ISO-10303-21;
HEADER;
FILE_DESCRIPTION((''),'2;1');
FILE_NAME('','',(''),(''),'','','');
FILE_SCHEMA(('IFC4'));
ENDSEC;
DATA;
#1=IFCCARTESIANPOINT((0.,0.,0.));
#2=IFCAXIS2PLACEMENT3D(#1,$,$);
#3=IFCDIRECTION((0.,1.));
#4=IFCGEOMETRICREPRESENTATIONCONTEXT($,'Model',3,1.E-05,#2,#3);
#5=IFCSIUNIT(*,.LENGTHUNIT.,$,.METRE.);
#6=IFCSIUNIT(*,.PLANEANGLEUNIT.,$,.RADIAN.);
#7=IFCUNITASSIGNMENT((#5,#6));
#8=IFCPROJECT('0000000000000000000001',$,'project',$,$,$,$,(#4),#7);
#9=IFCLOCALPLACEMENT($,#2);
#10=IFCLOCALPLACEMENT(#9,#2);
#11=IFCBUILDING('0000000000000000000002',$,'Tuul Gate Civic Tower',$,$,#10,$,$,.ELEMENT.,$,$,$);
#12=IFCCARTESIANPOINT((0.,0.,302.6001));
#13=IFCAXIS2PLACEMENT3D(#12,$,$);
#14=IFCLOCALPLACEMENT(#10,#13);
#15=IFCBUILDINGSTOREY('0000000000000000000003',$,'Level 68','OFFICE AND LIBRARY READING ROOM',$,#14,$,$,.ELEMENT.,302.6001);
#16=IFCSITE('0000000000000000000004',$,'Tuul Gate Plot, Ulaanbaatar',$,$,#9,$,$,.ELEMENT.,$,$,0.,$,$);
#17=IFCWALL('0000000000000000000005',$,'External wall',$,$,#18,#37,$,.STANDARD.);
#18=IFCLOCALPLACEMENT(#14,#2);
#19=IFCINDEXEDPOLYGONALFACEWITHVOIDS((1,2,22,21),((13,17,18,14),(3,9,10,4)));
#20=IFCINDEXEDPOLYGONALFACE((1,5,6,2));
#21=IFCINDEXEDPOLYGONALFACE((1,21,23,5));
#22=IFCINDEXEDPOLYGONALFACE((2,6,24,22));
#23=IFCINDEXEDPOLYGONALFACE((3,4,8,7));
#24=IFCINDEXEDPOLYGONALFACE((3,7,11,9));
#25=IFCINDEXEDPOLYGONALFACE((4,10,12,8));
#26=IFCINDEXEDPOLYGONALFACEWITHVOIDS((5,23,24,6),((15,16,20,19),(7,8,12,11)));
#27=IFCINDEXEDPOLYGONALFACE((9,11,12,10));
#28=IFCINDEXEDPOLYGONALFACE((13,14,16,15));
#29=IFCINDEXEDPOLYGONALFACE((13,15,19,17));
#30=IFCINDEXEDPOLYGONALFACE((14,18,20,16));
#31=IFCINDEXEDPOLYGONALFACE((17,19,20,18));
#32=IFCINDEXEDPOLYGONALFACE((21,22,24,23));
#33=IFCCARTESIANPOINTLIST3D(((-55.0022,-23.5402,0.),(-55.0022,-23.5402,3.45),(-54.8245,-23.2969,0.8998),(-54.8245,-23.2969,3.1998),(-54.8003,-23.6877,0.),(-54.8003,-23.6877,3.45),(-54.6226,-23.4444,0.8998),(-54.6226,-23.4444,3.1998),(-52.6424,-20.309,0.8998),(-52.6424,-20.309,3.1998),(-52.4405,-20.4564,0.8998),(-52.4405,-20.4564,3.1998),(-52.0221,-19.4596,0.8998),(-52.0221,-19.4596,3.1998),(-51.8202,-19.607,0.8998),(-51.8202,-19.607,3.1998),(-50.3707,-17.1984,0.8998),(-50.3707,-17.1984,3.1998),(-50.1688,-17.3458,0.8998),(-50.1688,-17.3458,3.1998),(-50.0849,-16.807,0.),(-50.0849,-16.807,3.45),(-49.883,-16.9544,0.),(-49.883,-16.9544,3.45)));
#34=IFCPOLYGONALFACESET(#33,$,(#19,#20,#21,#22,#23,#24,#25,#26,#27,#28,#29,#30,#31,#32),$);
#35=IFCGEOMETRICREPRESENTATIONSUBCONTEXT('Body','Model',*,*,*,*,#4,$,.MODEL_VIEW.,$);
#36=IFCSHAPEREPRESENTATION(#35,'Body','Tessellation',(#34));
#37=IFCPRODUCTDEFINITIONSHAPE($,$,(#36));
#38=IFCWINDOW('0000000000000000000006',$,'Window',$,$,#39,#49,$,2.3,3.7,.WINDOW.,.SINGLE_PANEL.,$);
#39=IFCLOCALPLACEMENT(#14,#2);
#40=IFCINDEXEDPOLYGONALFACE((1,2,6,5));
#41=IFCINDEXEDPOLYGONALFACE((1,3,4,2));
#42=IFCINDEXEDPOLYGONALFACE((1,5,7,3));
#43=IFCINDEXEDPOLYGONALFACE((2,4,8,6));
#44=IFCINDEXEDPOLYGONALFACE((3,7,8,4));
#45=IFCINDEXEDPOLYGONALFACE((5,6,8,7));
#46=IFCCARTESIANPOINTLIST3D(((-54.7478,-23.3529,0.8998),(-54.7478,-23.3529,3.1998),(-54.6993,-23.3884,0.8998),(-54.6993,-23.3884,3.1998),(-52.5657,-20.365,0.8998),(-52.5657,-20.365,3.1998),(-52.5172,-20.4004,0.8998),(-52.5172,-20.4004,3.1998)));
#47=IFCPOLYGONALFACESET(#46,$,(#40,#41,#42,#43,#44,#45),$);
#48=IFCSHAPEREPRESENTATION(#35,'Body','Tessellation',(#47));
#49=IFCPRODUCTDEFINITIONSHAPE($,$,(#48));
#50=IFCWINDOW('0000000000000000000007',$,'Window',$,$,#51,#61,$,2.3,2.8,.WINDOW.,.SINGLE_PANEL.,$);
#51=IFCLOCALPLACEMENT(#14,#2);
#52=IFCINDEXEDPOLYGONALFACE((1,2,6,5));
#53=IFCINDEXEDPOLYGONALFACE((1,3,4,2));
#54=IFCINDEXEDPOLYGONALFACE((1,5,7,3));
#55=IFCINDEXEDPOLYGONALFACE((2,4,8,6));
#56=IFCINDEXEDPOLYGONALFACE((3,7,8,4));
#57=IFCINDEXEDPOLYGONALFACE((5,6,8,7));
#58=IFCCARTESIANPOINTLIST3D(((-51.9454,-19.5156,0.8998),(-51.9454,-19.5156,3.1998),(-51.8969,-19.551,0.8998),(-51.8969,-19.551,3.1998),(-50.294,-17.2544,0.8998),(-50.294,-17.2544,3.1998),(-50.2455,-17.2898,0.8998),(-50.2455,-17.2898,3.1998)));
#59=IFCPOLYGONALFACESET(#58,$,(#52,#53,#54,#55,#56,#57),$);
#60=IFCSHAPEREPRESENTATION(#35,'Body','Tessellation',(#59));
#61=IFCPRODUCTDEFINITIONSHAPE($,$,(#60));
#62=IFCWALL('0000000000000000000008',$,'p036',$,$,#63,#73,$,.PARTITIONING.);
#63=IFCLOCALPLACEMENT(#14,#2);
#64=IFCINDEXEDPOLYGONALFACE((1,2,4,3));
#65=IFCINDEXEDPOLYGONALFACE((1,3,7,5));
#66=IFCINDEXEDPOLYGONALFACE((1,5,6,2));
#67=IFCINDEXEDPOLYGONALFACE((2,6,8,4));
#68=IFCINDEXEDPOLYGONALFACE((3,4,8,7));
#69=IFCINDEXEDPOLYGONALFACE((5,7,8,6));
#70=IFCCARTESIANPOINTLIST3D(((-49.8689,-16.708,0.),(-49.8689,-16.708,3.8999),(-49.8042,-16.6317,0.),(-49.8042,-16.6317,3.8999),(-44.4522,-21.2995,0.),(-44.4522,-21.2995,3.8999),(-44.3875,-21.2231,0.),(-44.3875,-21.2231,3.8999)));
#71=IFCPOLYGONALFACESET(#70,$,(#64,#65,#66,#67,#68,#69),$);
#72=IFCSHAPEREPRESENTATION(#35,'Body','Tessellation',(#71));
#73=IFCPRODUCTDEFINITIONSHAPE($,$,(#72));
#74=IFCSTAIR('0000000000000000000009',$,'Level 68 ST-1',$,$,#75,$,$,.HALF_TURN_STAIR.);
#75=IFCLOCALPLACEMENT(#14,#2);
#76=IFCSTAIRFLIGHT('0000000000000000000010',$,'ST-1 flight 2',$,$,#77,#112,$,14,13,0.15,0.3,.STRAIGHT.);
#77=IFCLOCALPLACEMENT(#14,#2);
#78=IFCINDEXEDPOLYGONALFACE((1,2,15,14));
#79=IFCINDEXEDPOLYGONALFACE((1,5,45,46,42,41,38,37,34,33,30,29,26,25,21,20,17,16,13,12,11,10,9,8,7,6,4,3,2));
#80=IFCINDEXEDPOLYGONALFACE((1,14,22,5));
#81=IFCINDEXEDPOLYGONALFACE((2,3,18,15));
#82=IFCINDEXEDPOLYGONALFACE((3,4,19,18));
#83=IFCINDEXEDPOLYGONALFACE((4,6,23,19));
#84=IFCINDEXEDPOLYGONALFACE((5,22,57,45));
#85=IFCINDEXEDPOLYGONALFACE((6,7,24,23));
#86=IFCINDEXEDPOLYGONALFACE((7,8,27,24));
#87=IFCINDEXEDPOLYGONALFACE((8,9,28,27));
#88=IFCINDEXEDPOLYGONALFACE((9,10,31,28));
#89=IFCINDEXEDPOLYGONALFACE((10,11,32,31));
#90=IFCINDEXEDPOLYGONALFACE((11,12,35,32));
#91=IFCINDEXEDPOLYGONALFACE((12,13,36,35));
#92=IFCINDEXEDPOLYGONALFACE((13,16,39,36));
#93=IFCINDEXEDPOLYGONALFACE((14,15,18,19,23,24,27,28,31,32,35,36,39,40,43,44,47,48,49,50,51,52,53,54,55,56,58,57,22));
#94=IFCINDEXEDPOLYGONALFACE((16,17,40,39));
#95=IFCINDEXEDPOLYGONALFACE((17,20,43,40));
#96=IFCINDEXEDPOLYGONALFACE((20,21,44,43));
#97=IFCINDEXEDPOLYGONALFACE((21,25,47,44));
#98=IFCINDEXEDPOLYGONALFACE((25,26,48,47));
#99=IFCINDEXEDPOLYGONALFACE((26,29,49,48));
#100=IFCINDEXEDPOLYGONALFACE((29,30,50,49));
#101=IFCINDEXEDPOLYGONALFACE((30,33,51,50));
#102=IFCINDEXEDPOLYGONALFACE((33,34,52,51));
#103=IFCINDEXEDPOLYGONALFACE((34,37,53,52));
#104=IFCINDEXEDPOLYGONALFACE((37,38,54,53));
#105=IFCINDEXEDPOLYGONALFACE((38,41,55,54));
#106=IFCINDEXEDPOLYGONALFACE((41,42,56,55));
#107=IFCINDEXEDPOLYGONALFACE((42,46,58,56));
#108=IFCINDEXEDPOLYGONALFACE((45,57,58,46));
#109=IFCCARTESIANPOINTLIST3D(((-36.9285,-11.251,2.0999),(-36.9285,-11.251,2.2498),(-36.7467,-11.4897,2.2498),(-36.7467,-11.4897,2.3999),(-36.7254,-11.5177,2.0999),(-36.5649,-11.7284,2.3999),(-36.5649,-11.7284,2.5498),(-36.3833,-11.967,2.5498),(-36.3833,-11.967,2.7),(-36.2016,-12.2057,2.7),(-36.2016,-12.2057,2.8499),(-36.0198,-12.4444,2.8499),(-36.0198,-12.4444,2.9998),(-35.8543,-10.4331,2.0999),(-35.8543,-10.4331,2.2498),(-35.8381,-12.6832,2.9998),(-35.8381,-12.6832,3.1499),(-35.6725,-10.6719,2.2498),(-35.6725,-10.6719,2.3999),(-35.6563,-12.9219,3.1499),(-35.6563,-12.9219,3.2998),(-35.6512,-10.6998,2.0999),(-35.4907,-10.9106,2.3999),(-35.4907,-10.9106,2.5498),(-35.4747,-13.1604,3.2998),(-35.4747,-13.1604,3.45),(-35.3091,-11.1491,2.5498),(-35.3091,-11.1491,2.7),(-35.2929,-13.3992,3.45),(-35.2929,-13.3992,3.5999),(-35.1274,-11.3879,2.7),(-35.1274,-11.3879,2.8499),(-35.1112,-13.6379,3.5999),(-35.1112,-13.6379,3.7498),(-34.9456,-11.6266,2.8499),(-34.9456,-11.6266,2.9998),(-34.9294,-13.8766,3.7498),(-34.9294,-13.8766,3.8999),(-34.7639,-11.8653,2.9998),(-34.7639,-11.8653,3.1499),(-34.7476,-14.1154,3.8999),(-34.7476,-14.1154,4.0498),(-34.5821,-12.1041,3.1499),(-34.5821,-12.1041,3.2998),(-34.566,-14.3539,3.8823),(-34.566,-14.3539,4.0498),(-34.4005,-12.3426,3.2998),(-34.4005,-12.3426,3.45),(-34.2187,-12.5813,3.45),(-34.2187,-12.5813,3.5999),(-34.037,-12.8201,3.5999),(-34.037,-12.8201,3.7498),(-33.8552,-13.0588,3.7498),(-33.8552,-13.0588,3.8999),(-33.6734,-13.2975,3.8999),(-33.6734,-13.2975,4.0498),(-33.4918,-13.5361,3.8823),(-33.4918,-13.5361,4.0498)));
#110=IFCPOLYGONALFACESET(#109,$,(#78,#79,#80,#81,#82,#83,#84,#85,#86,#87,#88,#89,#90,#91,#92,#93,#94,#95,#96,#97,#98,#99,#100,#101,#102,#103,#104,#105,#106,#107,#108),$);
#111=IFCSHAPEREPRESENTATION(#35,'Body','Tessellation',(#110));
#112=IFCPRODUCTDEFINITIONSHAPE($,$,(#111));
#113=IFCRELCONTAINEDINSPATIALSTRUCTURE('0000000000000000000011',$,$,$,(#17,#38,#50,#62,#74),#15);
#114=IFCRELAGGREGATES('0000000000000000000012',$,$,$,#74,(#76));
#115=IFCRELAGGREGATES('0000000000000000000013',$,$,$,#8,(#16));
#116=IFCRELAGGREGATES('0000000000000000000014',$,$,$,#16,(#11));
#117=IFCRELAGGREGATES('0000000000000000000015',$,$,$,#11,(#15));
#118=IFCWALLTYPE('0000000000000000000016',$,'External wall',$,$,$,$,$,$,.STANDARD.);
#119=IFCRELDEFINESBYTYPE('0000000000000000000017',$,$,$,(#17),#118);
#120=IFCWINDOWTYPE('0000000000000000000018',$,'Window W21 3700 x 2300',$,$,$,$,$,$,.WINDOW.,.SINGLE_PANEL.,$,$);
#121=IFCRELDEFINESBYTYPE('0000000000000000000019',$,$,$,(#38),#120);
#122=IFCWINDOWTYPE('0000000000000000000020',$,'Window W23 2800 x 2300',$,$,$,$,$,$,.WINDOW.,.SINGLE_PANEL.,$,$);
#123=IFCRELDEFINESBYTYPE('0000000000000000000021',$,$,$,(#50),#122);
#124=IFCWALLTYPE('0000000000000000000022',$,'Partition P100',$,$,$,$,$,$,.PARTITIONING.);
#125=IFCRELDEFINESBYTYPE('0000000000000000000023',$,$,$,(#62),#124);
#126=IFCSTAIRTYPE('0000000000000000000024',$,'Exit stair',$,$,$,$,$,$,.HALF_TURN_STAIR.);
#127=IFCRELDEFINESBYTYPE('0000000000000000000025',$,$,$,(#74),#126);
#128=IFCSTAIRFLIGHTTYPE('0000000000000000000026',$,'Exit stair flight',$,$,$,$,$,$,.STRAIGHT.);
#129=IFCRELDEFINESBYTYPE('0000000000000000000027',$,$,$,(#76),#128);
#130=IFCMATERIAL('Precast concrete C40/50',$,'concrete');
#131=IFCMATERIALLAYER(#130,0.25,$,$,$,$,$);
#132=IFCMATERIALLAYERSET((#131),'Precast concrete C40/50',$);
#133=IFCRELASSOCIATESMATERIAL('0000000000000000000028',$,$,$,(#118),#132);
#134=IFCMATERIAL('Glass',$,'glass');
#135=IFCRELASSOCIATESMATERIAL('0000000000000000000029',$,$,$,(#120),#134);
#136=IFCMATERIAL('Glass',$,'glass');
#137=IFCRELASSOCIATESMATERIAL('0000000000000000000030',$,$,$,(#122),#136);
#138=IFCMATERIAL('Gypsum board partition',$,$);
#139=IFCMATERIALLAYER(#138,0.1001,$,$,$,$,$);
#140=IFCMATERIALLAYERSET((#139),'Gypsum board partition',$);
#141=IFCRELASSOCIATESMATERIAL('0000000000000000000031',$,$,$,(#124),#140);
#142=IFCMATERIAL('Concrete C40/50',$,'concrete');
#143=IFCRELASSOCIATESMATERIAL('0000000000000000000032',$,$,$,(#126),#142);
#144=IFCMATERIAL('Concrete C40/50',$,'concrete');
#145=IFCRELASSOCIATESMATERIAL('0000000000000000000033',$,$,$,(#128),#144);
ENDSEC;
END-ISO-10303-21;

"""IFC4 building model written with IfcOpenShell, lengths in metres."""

from ifc_helpers import new_model, si_unit, direction, frame, frame_2d, origin, place, context, subcontext, project, spatial, polyline, rectangle, outline, extrude, material, layer, layer_set, type_object, element, fill, aggregate, save


model = new_model("IFC4")

# Units and contexts
model_context = context("Model", 3, precision=1e-05, world=origin(), true_north=direction((0.0, 1.0)))
body_context = subcontext(model_context, "Body", "Model", "MODEL_VIEW")
ifc_project = project(units=[si_unit("LENGTHUNIT", "METRE"), si_unit("PLANEANGLEUNIT", "RADIAN")], contexts=[model_context])

# Site, building, storey
site_placement = place(None, origin())
site = spatial("IfcSite", under=ifc_project, at=site_placement, Name="Tuul Gate Plot, Ulaanbaatar", CompositionType="ELEMENT", RefElevation=0.0)
building_placement = place(site_placement, origin())
building = spatial("IfcBuilding", under=site, at=building_placement, Name="Tuul Gate Civic Tower", CompositionType="ELEMENT")
storey_placement = place(building_placement, frame((0.0, 0.0, 302.6001)))
storey = spatial("IfcBuildingStorey", under=building, at=storey_placement, Name="Level 68", Description="OFFICE AND LIBRARY READING ROOM", CompositionType="ELEMENT", Elevation=302.6001)

# Wall, openings, windows
ifc_material_1 = material(Name="Precast concrete C40/50", Category="concrete")
ifc_layer_1 = layer(ifc_material_1, 0.25)
ifc_layer_set_1 = layer_set([ifc_layer_1], Name="Precast concrete C40/50")
wall_type_1 = type_object("IfcWallType", Name="External wall", PredefinedType="STANDARD", material=ifc_layer_set_1)
wall_1_placement = place(storey_placement, frame((-49.9839, -16.8806, 0.0), z_axis=(0.0, 0.0, 1.0), x_axis=(-0.589771, -0.807571, 0.0)))
wall_1 = element("IfcWall", 1, at=wall_1_placement, inside=storey, type_object=wall_type_1, Name="External wall", PredefinedType="STANDARD", context=body_context, shape_type="SweptSolid", body=[
    extrude(rectangle(XDim=8.3376, YDim=0.25, at=frame_2d((4.1689, 0.0))), origin(), (0.0, 0.0, 1.0), 3.45),
])
opening_1_placement = place(wall_1_placement, frame((0.4849, 0.0, 0.8999)))
opening_1 = element("IfcOpeningElement", 2, at=opening_1_placement, cuts=wall_1, PredefinedType="OPENING", context=body_context, shape_type="SweptSolid", body=[
    extrude(rectangle(XDim=2.8, YDim=2.3, at=frame_2d((1.3999, 1.1499))), frame((0.0, 0.135, 0.0), z_axis=(0.0, -1.0, 0.0), x_axis=(1.0, 0.0, 0.0)), (0.0, 0.0, 1.0), 0.27),
])
opening_2_placement = place(wall_1_placement, frame((4.3364, 0.0, 0.8999)))
opening_2 = element("IfcOpeningElement", 3, at=opening_2_placement, cuts=wall_1, PredefinedType="OPENING", context=body_context, shape_type="SweptSolid", body=[
    extrude(rectangle(XDim=3.7, YDim=2.3, at=frame_2d((1.8501, 1.1499))), frame((0.0, 0.135, 0.0), z_axis=(0.0, -1.0, 0.0), x_axis=(1.0, 0.0, 0.0)), (0.0, 0.0, 1.0), 0.27),
])
ifc_material_2 = material(Name="Glass", Category="glass")
window_type_1 = type_object("IfcWindowType", Name="Window W21 3700 x 2300", PartitioningType="SINGLE_PANEL", PredefinedType="WINDOW", material=ifc_material_2)
window_1_placement = place(opening_2_placement, origin())
window_1 = element("IfcWindow", 4, at=window_1_placement, inside=storey, type_object=window_type_1, Name="Window", OverallHeight=2.3, OverallWidth=3.7, PartitioningType="SINGLE_PANEL", PredefinedType="WINDOW", context=body_context, shape_type="SweptSolid", body=[
    extrude(rectangle(XDim=3.7, YDim=2.3, at=frame_2d((1.8501, 1.1499))), frame((0.0, 0.03, 0.0), z_axis=(0.0, -1.0, 0.0), x_axis=(1.0, 0.0, 0.0)), (0.0, 0.0, 1.0), 0.0601),
])
fill(opening_2, window_1)
ifc_material_3 = material(Name="Glass", Category="glass")
window_type_2 = type_object("IfcWindowType", Name="Window W23 2800 x 2300", PartitioningType="SINGLE_PANEL", PredefinedType="WINDOW", material=ifc_material_3)
window_2_placement = place(opening_1_placement, origin())
window_2 = element("IfcWindow", 5, at=window_2_placement, inside=storey, type_object=window_type_2, Name="Window", OverallHeight=2.3, OverallWidth=2.8, PartitioningType="SINGLE_PANEL", PredefinedType="WINDOW", context=body_context, shape_type="SweptSolid", body=[
    extrude(rectangle(XDim=2.8, YDim=2.3, at=frame_2d((1.3999, 1.1499))), frame((0.0, 0.03, 0.0), z_axis=(0.0, -1.0, 0.0), x_axis=(1.0, 0.0, 0.0)), (0.0, 0.0, 1.0), 0.0601),
])
fill(opening_1, window_2)

# Wall
ifc_material_4 = material(Name="Gypsum board partition")
ifc_layer_2 = layer(ifc_material_4, 0.1001)
ifc_layer_set_2 = layer_set([ifc_layer_2], Name="Gypsum board partition")
wall_type_2 = type_object("IfcWallType", Name="Partition P100", PredefinedType="PARTITIONING", material=ifc_layer_set_2)
wall_2_placement = place(storey_placement, frame((-49.8364, -16.6699, 0.0), z_axis=(0.0, 0.0, 1.0), x_axis=(0.76282, -0.646611, 0.0)))
element("IfcWall", 6, at=wall_2_placement, inside=storey, type_object=wall_type_2, Name="p036", PredefinedType="PARTITIONING", context=body_context, shape_type="SweptSolid", body=[
    extrude(rectangle(XDim=7.1008, YDim=0.1001, at=frame_2d((3.5503, 0.0))), origin(), (0.0, 0.0, 1.0), 3.8999),
])

# Stair, stair flight
ifc_material_5 = material(Name="Concrete C40/50", Category="concrete")
stair_type = type_object("IfcStairType", Name="Exit stair", PredefinedType="HALF_TURN_STAIR", material=ifc_material_5)
stair_placement = place(storey_placement, origin())
stair = element("IfcStair", 7, at=stair_placement, inside=storey, type_object=stair_type, Name="Level 68 ST-1", PredefinedType="HALF_TURN_STAIR")
ifc_material_6 = material(Name="Concrete C40/50", Category="concrete")
stair_flight_type = type_object("IfcStairFlightType", Name="Exit stair flight", PredefinedType="STRAIGHT", material=ifc_material_6)
stair_flight_placement = place(storey_placement, frame((-36.3914, -10.842, 2.0999), z_axis=(0.0, 0.0, 1.0), x_axis=(0.605764, -0.795644, 0.0)))
stair_flight = element("IfcStairFlight", 8, at=stair_flight_placement, type_object=stair_flight_type, Name="ST-1 flight 2", NumberOfRisers=14, NumberOfTreads=13, PredefinedType="STRAIGHT", RiserHeight=0.15, TreadLength=0.3, context=body_context, shape_type="SweptSolid", body=[
    extrude(outline(polyline([(0.0, 0.0), (0.0, 0.1499), (0.3, 0.1499), (0.3, 0.3), (0.6001, 0.3), (0.6001, 0.45), (0.8999, 0.45), (0.8999, 0.6001), (1.2, 0.6001), (1.2, 0.75), (1.5, 0.75), (1.5, 0.8999), (1.8, 0.8999), (1.8, 1.05), (2.1001, 1.05), (2.1001, 1.2), (2.3999, 1.2), (2.3999, 1.3501), (2.7, 1.3501), (2.7, 1.5), (3.0, 1.5), (3.0, 1.6499), (3.3, 1.6499), (3.3, 1.8), (3.6001, 1.8), (3.6001, 1.95), (3.8999, 1.95), (3.8999, 2.1001), (3.8999, 1.7825), (0.3352, 0.0), (0.0, 0.0)])), frame((0.0, 0.675, 0.0), z_axis=(0.0, -1.0, 0.0), x_axis=(1.0, 0.0, 0.0)), (0.0, 0.0, 1.0), 1.3501),
])
aggregate(stair, [stair_flight])

save(model, "model.ifc")
